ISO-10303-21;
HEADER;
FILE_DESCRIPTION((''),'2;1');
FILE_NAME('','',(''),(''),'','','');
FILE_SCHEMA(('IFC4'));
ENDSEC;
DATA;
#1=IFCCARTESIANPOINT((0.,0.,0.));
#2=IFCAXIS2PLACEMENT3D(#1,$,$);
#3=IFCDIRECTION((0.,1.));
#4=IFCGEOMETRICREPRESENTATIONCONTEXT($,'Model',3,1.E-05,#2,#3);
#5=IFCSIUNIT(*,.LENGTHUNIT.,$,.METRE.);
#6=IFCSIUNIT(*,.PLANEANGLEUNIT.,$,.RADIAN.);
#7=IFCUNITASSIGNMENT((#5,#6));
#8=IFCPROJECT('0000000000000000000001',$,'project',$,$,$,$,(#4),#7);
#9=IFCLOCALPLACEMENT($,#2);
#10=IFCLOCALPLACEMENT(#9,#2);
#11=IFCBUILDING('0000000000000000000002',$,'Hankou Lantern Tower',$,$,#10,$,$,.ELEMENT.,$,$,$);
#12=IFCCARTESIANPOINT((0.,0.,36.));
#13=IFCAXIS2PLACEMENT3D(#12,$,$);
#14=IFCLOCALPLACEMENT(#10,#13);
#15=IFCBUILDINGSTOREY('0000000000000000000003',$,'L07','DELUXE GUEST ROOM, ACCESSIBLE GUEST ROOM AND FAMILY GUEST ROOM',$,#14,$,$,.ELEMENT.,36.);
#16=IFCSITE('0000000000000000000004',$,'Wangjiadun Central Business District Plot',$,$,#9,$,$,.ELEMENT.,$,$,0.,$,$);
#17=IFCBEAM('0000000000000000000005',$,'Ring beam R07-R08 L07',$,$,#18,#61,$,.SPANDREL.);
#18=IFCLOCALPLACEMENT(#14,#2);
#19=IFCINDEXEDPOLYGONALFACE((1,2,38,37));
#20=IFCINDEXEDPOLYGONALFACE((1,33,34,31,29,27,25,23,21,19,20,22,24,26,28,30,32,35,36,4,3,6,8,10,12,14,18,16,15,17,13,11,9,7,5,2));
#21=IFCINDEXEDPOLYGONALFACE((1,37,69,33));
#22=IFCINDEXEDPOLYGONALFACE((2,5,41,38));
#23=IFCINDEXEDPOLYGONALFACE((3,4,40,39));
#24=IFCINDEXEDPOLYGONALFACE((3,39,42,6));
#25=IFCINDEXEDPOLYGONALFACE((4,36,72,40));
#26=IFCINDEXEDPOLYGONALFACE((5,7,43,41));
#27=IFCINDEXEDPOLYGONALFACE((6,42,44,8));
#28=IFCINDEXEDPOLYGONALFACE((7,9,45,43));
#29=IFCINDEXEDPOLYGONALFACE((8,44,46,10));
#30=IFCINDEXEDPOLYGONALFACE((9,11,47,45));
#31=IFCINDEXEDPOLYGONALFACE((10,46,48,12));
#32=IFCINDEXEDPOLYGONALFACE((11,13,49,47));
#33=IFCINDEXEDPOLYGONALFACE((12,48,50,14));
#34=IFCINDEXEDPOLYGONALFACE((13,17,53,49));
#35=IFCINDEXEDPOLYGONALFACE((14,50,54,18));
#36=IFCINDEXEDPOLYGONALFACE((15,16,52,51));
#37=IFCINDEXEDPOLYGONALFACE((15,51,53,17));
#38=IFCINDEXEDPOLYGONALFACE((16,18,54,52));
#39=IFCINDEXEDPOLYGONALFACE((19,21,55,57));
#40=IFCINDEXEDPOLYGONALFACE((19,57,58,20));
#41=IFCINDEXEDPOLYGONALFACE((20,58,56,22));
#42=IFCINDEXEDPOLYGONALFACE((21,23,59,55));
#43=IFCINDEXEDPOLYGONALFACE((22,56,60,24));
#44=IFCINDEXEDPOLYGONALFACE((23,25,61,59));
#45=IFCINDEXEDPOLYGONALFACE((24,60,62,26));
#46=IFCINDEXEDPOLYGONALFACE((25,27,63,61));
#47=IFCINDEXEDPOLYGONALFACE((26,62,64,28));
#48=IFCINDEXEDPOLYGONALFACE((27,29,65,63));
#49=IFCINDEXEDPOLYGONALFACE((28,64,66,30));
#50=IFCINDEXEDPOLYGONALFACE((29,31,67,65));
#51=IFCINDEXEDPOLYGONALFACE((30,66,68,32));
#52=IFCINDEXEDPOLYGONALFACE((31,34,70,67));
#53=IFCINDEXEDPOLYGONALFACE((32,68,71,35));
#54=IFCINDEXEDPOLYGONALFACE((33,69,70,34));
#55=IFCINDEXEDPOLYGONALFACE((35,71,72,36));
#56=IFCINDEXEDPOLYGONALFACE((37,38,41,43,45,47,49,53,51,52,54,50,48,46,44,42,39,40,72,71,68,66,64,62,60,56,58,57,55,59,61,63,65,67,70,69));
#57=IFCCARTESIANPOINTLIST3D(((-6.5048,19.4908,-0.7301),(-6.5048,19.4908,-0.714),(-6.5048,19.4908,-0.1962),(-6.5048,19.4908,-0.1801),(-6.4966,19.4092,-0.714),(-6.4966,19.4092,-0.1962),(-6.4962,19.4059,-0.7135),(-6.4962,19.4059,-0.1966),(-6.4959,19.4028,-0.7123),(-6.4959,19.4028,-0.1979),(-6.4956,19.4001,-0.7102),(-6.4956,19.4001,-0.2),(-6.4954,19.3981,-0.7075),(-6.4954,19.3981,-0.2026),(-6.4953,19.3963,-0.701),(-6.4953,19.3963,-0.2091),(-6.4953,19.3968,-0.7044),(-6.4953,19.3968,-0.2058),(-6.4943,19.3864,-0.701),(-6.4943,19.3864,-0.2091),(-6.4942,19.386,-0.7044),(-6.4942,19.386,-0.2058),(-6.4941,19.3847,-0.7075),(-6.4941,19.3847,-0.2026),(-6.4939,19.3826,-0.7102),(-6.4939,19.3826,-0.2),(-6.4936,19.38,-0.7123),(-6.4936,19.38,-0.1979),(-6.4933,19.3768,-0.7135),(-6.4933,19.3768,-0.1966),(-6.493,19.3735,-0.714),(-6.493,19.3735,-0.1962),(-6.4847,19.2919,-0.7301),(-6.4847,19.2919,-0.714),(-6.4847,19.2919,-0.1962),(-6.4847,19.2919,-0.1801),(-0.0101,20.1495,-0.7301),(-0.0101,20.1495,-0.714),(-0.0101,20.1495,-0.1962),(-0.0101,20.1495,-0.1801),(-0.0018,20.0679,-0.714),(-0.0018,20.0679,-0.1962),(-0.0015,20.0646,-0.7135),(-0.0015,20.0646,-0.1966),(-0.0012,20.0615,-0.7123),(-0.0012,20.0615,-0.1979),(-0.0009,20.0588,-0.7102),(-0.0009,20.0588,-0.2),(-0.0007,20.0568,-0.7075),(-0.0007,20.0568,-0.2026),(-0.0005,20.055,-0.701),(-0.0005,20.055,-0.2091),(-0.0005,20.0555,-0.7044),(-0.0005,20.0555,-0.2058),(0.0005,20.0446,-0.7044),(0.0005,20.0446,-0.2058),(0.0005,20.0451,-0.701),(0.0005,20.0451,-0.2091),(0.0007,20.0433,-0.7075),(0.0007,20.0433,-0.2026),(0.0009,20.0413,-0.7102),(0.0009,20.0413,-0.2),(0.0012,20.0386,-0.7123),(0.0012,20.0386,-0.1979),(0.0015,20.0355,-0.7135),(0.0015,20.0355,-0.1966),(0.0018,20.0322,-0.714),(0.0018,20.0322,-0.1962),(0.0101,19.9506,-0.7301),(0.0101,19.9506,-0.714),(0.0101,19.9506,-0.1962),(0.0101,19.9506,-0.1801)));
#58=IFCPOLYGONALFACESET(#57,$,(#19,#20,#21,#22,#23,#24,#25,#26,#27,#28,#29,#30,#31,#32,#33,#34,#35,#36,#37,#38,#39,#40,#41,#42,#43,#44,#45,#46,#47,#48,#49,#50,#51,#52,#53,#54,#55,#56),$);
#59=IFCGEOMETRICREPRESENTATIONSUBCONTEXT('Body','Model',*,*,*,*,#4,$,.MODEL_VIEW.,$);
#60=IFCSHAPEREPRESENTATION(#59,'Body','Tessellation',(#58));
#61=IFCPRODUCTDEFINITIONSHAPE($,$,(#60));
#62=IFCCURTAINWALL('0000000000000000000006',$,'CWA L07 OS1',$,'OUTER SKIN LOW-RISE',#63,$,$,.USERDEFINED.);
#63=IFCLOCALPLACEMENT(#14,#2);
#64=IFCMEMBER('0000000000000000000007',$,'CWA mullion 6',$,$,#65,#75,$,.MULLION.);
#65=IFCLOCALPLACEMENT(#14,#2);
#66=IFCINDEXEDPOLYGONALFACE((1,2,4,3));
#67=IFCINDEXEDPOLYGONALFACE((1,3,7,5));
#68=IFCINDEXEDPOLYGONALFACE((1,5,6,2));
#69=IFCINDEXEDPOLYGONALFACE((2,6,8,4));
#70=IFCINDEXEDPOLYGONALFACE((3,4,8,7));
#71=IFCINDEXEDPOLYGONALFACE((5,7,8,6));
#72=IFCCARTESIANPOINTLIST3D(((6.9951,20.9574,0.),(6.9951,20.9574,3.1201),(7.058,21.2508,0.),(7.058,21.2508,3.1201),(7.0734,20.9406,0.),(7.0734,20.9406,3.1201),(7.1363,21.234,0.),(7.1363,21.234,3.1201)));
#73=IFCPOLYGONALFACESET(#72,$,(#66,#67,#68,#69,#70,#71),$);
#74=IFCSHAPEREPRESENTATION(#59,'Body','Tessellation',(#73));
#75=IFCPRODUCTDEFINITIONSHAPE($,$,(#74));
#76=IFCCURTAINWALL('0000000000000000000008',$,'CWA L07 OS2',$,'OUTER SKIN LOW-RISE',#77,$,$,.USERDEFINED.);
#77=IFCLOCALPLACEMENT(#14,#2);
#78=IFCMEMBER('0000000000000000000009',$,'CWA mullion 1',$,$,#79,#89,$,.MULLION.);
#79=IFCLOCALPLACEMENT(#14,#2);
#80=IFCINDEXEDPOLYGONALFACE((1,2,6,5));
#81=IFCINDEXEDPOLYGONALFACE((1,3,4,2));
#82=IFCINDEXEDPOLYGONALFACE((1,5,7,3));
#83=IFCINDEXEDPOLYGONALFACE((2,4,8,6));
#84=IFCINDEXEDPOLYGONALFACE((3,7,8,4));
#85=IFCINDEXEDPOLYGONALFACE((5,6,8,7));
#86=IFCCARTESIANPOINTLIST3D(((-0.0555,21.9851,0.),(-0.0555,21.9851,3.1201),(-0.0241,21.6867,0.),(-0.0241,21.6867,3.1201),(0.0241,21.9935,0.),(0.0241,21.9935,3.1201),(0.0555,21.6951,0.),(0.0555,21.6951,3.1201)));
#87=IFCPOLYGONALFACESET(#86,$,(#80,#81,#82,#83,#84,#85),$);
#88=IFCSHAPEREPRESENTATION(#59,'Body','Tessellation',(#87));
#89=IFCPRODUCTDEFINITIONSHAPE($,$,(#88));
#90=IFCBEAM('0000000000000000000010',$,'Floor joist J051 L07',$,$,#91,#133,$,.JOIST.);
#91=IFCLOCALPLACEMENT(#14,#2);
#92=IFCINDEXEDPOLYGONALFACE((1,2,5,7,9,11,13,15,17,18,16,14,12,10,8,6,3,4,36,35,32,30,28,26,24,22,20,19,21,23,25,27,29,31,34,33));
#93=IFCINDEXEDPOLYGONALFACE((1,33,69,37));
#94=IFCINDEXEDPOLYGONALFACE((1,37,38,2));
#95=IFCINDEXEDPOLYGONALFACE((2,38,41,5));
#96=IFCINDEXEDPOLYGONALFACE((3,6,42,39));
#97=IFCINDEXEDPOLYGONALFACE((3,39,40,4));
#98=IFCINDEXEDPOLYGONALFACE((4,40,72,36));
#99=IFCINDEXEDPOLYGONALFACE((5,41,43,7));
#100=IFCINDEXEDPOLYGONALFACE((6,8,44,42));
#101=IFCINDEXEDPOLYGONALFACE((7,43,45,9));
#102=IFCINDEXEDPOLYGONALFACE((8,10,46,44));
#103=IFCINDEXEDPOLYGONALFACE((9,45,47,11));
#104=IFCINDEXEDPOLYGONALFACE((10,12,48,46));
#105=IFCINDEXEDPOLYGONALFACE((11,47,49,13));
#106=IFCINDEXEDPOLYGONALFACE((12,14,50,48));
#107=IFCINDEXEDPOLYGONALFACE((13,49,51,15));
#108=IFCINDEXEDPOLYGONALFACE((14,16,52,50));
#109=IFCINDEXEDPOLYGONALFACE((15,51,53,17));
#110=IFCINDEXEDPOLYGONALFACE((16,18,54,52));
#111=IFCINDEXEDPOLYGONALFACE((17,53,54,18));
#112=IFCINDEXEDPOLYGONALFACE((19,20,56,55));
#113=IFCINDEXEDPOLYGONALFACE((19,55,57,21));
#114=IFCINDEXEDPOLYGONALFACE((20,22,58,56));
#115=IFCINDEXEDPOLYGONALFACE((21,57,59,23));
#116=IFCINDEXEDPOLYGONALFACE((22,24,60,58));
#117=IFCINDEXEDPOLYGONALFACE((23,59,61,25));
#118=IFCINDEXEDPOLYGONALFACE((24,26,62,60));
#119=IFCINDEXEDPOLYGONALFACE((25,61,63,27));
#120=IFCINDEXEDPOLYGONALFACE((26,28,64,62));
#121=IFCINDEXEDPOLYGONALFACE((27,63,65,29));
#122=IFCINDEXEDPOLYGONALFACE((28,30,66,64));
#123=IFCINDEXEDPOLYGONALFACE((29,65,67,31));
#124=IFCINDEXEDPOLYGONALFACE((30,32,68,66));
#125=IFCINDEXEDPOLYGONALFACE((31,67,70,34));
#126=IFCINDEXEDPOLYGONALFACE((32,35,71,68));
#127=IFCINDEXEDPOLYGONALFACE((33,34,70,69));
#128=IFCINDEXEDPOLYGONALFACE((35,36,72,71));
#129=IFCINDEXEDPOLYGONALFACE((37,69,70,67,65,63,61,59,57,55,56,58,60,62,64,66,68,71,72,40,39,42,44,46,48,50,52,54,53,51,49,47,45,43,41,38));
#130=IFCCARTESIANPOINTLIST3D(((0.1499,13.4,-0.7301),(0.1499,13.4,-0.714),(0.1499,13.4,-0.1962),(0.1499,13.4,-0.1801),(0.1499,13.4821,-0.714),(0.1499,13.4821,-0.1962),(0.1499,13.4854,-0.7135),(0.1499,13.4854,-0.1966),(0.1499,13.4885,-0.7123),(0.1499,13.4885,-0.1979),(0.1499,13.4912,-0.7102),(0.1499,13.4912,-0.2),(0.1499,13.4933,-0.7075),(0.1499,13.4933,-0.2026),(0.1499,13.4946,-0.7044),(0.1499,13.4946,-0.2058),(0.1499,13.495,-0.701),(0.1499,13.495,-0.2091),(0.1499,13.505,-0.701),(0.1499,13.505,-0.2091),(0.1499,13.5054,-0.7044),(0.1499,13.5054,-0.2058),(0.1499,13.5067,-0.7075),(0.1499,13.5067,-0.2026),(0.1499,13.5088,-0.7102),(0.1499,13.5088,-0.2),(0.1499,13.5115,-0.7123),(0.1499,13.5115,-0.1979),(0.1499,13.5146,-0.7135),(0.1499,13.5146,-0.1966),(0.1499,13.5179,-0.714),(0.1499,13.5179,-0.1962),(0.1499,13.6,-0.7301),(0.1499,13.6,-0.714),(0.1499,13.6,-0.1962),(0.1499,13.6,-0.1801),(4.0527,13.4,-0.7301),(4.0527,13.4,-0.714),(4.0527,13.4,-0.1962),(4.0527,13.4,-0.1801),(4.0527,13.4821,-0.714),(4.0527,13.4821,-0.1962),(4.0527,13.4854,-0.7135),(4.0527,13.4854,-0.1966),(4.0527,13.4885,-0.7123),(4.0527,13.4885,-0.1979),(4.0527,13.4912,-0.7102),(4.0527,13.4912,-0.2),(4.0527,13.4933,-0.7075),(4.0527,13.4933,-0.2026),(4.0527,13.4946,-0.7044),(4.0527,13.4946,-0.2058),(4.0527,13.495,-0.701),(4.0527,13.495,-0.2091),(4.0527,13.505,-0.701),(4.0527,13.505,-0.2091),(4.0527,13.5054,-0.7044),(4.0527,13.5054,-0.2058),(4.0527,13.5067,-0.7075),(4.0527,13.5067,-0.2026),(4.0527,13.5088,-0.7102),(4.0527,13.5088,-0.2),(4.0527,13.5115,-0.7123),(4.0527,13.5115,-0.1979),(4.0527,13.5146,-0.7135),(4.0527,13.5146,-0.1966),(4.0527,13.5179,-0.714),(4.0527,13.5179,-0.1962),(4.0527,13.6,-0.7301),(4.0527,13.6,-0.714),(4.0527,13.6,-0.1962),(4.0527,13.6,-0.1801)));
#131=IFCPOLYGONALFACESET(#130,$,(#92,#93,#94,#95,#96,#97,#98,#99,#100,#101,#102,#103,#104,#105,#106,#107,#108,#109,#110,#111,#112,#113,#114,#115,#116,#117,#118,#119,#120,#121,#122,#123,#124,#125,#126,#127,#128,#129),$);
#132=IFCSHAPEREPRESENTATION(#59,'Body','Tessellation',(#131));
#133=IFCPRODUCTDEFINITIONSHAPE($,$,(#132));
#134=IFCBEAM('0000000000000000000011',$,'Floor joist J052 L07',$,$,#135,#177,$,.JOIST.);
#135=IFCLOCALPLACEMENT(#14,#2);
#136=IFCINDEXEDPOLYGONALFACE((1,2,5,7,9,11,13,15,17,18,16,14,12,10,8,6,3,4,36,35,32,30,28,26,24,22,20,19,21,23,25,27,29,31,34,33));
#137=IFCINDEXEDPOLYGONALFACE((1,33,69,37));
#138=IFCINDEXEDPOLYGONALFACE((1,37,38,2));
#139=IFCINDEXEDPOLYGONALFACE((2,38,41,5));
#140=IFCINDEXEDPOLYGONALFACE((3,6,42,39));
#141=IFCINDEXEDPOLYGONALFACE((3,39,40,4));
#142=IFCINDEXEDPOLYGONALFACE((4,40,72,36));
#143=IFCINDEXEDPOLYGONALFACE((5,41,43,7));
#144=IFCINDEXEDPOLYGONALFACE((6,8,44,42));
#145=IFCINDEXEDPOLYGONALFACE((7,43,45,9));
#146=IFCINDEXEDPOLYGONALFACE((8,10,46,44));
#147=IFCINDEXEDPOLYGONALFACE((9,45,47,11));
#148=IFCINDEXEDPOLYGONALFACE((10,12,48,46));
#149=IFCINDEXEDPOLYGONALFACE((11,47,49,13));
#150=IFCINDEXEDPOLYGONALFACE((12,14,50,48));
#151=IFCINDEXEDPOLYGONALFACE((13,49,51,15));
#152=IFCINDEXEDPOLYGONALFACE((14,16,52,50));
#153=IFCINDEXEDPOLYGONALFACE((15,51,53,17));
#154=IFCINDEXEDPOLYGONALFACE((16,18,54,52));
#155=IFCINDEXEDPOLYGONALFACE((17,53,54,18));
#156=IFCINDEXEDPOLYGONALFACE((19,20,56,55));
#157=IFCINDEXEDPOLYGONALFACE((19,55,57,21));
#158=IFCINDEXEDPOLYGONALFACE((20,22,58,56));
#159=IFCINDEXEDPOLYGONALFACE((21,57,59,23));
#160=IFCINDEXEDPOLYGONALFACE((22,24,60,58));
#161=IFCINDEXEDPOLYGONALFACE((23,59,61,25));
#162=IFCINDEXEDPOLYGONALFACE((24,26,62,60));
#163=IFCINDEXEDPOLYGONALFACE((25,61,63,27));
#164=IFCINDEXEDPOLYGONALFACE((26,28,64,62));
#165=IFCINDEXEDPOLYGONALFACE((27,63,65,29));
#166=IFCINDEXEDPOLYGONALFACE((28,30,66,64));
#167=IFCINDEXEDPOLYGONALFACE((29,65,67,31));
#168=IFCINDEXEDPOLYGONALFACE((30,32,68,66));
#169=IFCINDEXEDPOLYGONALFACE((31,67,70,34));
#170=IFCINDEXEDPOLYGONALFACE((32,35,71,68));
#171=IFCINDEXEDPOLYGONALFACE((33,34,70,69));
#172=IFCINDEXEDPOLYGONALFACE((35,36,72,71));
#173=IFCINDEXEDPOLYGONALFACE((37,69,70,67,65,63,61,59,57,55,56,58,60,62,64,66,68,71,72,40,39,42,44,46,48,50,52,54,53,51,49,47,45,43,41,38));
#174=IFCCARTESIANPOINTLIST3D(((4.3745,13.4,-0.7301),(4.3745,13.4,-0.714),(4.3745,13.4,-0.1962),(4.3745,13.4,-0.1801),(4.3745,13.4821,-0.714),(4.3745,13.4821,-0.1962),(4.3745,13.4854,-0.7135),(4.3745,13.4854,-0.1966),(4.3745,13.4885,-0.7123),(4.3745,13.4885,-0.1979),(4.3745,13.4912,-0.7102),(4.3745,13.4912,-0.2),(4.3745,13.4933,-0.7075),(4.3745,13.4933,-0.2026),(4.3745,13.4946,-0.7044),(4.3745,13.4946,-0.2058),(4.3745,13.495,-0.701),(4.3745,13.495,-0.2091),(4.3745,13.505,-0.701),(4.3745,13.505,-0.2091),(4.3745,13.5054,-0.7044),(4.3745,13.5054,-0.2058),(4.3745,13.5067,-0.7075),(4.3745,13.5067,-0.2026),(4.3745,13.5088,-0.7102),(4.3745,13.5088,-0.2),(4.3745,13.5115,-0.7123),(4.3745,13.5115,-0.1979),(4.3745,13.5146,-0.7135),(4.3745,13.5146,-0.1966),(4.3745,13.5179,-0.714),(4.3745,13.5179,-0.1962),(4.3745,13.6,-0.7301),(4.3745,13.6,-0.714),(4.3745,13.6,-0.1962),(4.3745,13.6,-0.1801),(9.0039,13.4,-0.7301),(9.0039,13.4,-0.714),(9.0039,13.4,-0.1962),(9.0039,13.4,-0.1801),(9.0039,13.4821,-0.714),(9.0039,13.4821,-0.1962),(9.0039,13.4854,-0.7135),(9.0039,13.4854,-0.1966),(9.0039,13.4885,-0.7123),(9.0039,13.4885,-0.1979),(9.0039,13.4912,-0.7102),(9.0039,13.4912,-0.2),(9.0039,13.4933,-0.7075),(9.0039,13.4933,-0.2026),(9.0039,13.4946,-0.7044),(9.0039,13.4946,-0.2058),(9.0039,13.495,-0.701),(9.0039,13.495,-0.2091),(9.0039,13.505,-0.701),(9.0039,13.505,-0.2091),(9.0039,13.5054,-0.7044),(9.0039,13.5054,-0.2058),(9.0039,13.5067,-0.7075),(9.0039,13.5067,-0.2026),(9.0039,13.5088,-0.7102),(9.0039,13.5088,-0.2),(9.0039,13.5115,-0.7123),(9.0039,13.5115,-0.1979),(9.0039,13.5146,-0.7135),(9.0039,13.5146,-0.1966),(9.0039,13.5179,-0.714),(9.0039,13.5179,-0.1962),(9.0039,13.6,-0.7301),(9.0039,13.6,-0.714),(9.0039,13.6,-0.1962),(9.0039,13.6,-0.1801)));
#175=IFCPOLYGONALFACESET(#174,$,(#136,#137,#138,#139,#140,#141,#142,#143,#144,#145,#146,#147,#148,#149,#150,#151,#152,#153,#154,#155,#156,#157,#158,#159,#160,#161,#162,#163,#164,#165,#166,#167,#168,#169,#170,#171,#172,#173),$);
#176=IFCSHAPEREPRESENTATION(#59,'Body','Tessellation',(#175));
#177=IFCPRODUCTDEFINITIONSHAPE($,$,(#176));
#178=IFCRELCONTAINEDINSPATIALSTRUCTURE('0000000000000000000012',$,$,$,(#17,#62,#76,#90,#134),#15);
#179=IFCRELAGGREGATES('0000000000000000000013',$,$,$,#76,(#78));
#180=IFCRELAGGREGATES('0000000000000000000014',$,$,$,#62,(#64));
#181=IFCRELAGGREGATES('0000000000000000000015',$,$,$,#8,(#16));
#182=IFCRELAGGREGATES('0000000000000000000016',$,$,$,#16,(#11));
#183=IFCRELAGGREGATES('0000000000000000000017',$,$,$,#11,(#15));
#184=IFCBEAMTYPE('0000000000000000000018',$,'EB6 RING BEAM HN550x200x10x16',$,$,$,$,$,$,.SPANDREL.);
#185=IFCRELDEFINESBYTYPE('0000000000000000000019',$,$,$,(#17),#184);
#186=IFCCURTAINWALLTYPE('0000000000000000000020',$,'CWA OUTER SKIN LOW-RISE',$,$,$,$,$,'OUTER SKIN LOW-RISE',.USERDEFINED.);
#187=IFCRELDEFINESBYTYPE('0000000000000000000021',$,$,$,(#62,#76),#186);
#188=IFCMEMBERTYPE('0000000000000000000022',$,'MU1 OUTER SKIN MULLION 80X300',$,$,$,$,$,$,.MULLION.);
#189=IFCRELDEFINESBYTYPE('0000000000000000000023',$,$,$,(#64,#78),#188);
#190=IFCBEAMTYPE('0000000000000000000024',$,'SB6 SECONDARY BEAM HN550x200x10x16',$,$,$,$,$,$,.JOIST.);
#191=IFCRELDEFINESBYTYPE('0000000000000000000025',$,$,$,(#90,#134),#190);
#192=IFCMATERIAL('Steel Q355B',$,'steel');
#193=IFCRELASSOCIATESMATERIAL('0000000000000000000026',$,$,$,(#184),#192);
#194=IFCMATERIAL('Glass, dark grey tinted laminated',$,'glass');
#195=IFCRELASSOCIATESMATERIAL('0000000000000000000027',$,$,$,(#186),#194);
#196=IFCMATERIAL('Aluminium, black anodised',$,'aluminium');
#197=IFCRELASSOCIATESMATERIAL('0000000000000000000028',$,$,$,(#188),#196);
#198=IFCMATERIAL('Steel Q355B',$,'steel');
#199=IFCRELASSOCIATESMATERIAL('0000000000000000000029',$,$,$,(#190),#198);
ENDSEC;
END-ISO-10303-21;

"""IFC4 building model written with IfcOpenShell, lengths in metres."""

from ifc_helpers import new_model, si_unit, direction, frame, origin, origin_2d, place, context, subcontext, project, spatial, rectangle, i_section, extrude, material, material_profile, profile_set, type_object, element, aggregate, save


model = new_model("IFC4")

# Units and contexts
model_context = context("Model", 3, precision=1e-05, world=origin(), true_north=direction((0.0, 1.0)))
body_context = subcontext(model_context, "Body", "Model", "MODEL_VIEW")
ifc_project = project(units=[si_unit("LENGTHUNIT", "METRE"), si_unit("PLANEANGLEUNIT", "RADIAN")], contexts=[model_context])

# Site, building, storey
site_placement = place(None, origin())
site = spatial("IfcSite", under=ifc_project, at=site_placement, Name="Wangjiadun Central Business District Plot", CompositionType="ELEMENT", RefElevation=0.0)
building_placement = place(site_placement, origin())
building = spatial("IfcBuilding", under=site, at=building_placement, Name="Hankou Lantern Tower", CompositionType="ELEMENT")
storey_placement = place(building_placement, frame((0.0, 0.0, 36.0)))
storey = spatial("IfcBuildingStorey", under=building, at=storey_placement, Name="L07", Description="DELUXE GUEST ROOM, ACCESSIBLE GUEST ROOM AND FAMILY GUEST ROOM", CompositionType="ELEMENT", Elevation=36.0)

# Beam
ifc_material_1 = material(Name="Steel Q355B", Category="steel")
ifc_material_profile_1 = material_profile(ifc_material_1, i_section(OverallWidth=0.2, OverallDepth=0.55, WebThickness=0.01, FlangeThickness=0.0161, FilletRadius=0.0129, at=origin_2d()), Name="HN550x200x10x16")
ifc_profile_set_1 = profile_set([ifc_material_profile_1], Name="Steel Q355B")
beam_type_1 = type_object("IfcBeamType", Name="EB6 RING BEAM HN550x200x10x16", PredefinedType="SPANDREL", material=ifc_profile_set_1)
for number, where, z_axis, x_axis, name in (
    (1, (0.0, 20.05, -0.4551), (-0.994897, -0.1009, 0.0), (0.1009, -0.994897, 0.0), "Ring beam R07-R08 L07"),
):
    element("IfcBeam", number, at=place(storey_placement, frame(where, z_axis=z_axis, x_axis=x_axis)), inside=storey, type_object=beam_type_1, Name=name, PredefinedType="SPANDREL", context=body_context, shape_type="SweptSolid", body=[
        extrude(i_section(OverallWidth=0.2, OverallDepth=0.55, WebThickness=0.01, FlangeThickness=0.0161, FilletRadius=0.0129, at=origin_2d()), origin(), (0.0, 0.0, 1.0), 6.5281),
    ])

# Curtain walls, members
ifc_material_2 = material(Name="Glass, dark grey tinted laminated", Category="glass")
curtain_wall_type = type_object("IfcCurtainWallType", Name="CWA OUTER SKIN LOW-RISE", ElementType="OUTER SKIN LOW-RISE", PredefinedType="USERDEFINED", material=ifc_material_2)
curtain_wall_1_placement = place(storey_placement, origin())
curtain_wall_1 = element("IfcCurtainWall", 2, at=curtain_wall_1_placement, inside=storey, type_object=curtain_wall_type, Name="CWA L07 OS1", ObjectType="OUTER SKIN LOW-RISE", PredefinedType="USERDEFINED")
ifc_material_3 = material(Name="Aluminium, black anodised", Category="aluminium")
ifc_material_profile_2 = material_profile(ifc_material_3, rectangle(XDim=0.0801, YDim=0.3, at=origin_2d()), Name="MU1 80X300")
ifc_profile_set_2 = profile_set([ifc_material_profile_2], Name="Aluminium, black anodised")
member_type_1 = type_object("IfcMemberType", Name="MU1 OUTER SKIN MULLION 80X300", PredefinedType="MULLION", material=ifc_profile_set_2)
member_1_placement = place(storey_placement, frame((7.0657, 21.0957, 0.0), z_axis=(0.0, 0.0, 1.0), x_axis=(-0.977788, 0.209598, 0.0)))
member_1 = element("IfcMember", 3, at=member_1_placement, type_object=member_type_1, Name="CWA mullion 6", PredefinedType="MULLION", context=body_context, shape_type="SweptSolid", body=[
    extrude(rectangle(XDim=0.0801, YDim=0.3, at=origin_2d()), origin(), (0.0, 0.0, 1.0), 3.1201),
])
curtain_wall_2_placement = place(storey_placement, origin())
curtain_wall_2 = element("IfcCurtainWall", 4, at=curtain_wall_2_placement, inside=storey, type_object=curtain_wall_type, Name="CWA L07 OS2", ObjectType="OUTER SKIN LOW-RISE", PredefinedType="USERDEFINED")
member_2_placement = place(storey_placement, frame((0.0, 21.8401, 0.0), z_axis=(0.0, 0.0, 1.0), x_axis=(-0.994499, -0.104743, 0.0)))
member_2 = element("IfcMember", 5, at=member_2_placement, type_object=member_type_1, Name="CWA mullion 1", PredefinedType="MULLION", context=body_context, shape_type="SweptSolid", body=[
    extrude(rectangle(XDim=0.0801, YDim=0.3, at=origin_2d()), origin(), (0.0, 0.0, 1.0), 3.1201),
])
aggregate(curtain_wall_2, [member_2])

# Beams
ifc_material_4 = material(Name="Steel Q355B", Category="steel")
ifc_material_profile_3 = material_profile(ifc_material_4, i_section(OverallWidth=0.2, OverallDepth=0.55, WebThickness=0.01, FlangeThickness=0.0161, FilletRadius=0.0129, at=origin_2d()), Name="HN550x200x10x16")
ifc_profile_set_3 = profile_set([ifc_material_profile_3], Name="Steel Q355B")
beam_type_2 = type_object("IfcBeamType", Name="SB6 SECONDARY BEAM HN550x200x10x16", PredefinedType="JOIST", material=ifc_profile_set_3)
beam_1_placement = place(storey_placement, frame((0.1499, 13.5, -0.4551), z_axis=(1.0, 0.0, 0.0), x_axis=(0.0, 1.0, 0.0)))
element("IfcBeam", 6, at=beam_1_placement, inside=storey, type_object=beam_type_2, Name="Floor joist J051 L07", PredefinedType="JOIST", context=body_context, shape_type="SweptSolid", body=[
    extrude(i_section(OverallWidth=0.2, OverallDepth=0.55, WebThickness=0.01, FlangeThickness=0.0161, FilletRadius=0.0129, at=origin_2d()), origin(), (0.0, 0.0, 1.0), 3.9028),
])
beam_2_placement = place(storey_placement, frame((4.3745, 13.5, -0.4551), z_axis=(1.0, 0.0, 0.0), x_axis=(0.0, 1.0, 0.0)))
element("IfcBeam", 7, at=beam_2_placement, inside=storey, type_object=beam_type_2, Name="Floor joist J052 L07", PredefinedType="JOIST", context=body_context, shape_type="SweptSolid", body=[
    extrude(i_section(OverallWidth=0.2, OverallDepth=0.55, WebThickness=0.01, FlangeThickness=0.0161, FilletRadius=0.0129, at=origin_2d()), origin(), (0.0, 0.0, 1.0), 4.6294),
])

aggregate(curtain_wall_1, [member_1])

save(model, "model.ifc")
